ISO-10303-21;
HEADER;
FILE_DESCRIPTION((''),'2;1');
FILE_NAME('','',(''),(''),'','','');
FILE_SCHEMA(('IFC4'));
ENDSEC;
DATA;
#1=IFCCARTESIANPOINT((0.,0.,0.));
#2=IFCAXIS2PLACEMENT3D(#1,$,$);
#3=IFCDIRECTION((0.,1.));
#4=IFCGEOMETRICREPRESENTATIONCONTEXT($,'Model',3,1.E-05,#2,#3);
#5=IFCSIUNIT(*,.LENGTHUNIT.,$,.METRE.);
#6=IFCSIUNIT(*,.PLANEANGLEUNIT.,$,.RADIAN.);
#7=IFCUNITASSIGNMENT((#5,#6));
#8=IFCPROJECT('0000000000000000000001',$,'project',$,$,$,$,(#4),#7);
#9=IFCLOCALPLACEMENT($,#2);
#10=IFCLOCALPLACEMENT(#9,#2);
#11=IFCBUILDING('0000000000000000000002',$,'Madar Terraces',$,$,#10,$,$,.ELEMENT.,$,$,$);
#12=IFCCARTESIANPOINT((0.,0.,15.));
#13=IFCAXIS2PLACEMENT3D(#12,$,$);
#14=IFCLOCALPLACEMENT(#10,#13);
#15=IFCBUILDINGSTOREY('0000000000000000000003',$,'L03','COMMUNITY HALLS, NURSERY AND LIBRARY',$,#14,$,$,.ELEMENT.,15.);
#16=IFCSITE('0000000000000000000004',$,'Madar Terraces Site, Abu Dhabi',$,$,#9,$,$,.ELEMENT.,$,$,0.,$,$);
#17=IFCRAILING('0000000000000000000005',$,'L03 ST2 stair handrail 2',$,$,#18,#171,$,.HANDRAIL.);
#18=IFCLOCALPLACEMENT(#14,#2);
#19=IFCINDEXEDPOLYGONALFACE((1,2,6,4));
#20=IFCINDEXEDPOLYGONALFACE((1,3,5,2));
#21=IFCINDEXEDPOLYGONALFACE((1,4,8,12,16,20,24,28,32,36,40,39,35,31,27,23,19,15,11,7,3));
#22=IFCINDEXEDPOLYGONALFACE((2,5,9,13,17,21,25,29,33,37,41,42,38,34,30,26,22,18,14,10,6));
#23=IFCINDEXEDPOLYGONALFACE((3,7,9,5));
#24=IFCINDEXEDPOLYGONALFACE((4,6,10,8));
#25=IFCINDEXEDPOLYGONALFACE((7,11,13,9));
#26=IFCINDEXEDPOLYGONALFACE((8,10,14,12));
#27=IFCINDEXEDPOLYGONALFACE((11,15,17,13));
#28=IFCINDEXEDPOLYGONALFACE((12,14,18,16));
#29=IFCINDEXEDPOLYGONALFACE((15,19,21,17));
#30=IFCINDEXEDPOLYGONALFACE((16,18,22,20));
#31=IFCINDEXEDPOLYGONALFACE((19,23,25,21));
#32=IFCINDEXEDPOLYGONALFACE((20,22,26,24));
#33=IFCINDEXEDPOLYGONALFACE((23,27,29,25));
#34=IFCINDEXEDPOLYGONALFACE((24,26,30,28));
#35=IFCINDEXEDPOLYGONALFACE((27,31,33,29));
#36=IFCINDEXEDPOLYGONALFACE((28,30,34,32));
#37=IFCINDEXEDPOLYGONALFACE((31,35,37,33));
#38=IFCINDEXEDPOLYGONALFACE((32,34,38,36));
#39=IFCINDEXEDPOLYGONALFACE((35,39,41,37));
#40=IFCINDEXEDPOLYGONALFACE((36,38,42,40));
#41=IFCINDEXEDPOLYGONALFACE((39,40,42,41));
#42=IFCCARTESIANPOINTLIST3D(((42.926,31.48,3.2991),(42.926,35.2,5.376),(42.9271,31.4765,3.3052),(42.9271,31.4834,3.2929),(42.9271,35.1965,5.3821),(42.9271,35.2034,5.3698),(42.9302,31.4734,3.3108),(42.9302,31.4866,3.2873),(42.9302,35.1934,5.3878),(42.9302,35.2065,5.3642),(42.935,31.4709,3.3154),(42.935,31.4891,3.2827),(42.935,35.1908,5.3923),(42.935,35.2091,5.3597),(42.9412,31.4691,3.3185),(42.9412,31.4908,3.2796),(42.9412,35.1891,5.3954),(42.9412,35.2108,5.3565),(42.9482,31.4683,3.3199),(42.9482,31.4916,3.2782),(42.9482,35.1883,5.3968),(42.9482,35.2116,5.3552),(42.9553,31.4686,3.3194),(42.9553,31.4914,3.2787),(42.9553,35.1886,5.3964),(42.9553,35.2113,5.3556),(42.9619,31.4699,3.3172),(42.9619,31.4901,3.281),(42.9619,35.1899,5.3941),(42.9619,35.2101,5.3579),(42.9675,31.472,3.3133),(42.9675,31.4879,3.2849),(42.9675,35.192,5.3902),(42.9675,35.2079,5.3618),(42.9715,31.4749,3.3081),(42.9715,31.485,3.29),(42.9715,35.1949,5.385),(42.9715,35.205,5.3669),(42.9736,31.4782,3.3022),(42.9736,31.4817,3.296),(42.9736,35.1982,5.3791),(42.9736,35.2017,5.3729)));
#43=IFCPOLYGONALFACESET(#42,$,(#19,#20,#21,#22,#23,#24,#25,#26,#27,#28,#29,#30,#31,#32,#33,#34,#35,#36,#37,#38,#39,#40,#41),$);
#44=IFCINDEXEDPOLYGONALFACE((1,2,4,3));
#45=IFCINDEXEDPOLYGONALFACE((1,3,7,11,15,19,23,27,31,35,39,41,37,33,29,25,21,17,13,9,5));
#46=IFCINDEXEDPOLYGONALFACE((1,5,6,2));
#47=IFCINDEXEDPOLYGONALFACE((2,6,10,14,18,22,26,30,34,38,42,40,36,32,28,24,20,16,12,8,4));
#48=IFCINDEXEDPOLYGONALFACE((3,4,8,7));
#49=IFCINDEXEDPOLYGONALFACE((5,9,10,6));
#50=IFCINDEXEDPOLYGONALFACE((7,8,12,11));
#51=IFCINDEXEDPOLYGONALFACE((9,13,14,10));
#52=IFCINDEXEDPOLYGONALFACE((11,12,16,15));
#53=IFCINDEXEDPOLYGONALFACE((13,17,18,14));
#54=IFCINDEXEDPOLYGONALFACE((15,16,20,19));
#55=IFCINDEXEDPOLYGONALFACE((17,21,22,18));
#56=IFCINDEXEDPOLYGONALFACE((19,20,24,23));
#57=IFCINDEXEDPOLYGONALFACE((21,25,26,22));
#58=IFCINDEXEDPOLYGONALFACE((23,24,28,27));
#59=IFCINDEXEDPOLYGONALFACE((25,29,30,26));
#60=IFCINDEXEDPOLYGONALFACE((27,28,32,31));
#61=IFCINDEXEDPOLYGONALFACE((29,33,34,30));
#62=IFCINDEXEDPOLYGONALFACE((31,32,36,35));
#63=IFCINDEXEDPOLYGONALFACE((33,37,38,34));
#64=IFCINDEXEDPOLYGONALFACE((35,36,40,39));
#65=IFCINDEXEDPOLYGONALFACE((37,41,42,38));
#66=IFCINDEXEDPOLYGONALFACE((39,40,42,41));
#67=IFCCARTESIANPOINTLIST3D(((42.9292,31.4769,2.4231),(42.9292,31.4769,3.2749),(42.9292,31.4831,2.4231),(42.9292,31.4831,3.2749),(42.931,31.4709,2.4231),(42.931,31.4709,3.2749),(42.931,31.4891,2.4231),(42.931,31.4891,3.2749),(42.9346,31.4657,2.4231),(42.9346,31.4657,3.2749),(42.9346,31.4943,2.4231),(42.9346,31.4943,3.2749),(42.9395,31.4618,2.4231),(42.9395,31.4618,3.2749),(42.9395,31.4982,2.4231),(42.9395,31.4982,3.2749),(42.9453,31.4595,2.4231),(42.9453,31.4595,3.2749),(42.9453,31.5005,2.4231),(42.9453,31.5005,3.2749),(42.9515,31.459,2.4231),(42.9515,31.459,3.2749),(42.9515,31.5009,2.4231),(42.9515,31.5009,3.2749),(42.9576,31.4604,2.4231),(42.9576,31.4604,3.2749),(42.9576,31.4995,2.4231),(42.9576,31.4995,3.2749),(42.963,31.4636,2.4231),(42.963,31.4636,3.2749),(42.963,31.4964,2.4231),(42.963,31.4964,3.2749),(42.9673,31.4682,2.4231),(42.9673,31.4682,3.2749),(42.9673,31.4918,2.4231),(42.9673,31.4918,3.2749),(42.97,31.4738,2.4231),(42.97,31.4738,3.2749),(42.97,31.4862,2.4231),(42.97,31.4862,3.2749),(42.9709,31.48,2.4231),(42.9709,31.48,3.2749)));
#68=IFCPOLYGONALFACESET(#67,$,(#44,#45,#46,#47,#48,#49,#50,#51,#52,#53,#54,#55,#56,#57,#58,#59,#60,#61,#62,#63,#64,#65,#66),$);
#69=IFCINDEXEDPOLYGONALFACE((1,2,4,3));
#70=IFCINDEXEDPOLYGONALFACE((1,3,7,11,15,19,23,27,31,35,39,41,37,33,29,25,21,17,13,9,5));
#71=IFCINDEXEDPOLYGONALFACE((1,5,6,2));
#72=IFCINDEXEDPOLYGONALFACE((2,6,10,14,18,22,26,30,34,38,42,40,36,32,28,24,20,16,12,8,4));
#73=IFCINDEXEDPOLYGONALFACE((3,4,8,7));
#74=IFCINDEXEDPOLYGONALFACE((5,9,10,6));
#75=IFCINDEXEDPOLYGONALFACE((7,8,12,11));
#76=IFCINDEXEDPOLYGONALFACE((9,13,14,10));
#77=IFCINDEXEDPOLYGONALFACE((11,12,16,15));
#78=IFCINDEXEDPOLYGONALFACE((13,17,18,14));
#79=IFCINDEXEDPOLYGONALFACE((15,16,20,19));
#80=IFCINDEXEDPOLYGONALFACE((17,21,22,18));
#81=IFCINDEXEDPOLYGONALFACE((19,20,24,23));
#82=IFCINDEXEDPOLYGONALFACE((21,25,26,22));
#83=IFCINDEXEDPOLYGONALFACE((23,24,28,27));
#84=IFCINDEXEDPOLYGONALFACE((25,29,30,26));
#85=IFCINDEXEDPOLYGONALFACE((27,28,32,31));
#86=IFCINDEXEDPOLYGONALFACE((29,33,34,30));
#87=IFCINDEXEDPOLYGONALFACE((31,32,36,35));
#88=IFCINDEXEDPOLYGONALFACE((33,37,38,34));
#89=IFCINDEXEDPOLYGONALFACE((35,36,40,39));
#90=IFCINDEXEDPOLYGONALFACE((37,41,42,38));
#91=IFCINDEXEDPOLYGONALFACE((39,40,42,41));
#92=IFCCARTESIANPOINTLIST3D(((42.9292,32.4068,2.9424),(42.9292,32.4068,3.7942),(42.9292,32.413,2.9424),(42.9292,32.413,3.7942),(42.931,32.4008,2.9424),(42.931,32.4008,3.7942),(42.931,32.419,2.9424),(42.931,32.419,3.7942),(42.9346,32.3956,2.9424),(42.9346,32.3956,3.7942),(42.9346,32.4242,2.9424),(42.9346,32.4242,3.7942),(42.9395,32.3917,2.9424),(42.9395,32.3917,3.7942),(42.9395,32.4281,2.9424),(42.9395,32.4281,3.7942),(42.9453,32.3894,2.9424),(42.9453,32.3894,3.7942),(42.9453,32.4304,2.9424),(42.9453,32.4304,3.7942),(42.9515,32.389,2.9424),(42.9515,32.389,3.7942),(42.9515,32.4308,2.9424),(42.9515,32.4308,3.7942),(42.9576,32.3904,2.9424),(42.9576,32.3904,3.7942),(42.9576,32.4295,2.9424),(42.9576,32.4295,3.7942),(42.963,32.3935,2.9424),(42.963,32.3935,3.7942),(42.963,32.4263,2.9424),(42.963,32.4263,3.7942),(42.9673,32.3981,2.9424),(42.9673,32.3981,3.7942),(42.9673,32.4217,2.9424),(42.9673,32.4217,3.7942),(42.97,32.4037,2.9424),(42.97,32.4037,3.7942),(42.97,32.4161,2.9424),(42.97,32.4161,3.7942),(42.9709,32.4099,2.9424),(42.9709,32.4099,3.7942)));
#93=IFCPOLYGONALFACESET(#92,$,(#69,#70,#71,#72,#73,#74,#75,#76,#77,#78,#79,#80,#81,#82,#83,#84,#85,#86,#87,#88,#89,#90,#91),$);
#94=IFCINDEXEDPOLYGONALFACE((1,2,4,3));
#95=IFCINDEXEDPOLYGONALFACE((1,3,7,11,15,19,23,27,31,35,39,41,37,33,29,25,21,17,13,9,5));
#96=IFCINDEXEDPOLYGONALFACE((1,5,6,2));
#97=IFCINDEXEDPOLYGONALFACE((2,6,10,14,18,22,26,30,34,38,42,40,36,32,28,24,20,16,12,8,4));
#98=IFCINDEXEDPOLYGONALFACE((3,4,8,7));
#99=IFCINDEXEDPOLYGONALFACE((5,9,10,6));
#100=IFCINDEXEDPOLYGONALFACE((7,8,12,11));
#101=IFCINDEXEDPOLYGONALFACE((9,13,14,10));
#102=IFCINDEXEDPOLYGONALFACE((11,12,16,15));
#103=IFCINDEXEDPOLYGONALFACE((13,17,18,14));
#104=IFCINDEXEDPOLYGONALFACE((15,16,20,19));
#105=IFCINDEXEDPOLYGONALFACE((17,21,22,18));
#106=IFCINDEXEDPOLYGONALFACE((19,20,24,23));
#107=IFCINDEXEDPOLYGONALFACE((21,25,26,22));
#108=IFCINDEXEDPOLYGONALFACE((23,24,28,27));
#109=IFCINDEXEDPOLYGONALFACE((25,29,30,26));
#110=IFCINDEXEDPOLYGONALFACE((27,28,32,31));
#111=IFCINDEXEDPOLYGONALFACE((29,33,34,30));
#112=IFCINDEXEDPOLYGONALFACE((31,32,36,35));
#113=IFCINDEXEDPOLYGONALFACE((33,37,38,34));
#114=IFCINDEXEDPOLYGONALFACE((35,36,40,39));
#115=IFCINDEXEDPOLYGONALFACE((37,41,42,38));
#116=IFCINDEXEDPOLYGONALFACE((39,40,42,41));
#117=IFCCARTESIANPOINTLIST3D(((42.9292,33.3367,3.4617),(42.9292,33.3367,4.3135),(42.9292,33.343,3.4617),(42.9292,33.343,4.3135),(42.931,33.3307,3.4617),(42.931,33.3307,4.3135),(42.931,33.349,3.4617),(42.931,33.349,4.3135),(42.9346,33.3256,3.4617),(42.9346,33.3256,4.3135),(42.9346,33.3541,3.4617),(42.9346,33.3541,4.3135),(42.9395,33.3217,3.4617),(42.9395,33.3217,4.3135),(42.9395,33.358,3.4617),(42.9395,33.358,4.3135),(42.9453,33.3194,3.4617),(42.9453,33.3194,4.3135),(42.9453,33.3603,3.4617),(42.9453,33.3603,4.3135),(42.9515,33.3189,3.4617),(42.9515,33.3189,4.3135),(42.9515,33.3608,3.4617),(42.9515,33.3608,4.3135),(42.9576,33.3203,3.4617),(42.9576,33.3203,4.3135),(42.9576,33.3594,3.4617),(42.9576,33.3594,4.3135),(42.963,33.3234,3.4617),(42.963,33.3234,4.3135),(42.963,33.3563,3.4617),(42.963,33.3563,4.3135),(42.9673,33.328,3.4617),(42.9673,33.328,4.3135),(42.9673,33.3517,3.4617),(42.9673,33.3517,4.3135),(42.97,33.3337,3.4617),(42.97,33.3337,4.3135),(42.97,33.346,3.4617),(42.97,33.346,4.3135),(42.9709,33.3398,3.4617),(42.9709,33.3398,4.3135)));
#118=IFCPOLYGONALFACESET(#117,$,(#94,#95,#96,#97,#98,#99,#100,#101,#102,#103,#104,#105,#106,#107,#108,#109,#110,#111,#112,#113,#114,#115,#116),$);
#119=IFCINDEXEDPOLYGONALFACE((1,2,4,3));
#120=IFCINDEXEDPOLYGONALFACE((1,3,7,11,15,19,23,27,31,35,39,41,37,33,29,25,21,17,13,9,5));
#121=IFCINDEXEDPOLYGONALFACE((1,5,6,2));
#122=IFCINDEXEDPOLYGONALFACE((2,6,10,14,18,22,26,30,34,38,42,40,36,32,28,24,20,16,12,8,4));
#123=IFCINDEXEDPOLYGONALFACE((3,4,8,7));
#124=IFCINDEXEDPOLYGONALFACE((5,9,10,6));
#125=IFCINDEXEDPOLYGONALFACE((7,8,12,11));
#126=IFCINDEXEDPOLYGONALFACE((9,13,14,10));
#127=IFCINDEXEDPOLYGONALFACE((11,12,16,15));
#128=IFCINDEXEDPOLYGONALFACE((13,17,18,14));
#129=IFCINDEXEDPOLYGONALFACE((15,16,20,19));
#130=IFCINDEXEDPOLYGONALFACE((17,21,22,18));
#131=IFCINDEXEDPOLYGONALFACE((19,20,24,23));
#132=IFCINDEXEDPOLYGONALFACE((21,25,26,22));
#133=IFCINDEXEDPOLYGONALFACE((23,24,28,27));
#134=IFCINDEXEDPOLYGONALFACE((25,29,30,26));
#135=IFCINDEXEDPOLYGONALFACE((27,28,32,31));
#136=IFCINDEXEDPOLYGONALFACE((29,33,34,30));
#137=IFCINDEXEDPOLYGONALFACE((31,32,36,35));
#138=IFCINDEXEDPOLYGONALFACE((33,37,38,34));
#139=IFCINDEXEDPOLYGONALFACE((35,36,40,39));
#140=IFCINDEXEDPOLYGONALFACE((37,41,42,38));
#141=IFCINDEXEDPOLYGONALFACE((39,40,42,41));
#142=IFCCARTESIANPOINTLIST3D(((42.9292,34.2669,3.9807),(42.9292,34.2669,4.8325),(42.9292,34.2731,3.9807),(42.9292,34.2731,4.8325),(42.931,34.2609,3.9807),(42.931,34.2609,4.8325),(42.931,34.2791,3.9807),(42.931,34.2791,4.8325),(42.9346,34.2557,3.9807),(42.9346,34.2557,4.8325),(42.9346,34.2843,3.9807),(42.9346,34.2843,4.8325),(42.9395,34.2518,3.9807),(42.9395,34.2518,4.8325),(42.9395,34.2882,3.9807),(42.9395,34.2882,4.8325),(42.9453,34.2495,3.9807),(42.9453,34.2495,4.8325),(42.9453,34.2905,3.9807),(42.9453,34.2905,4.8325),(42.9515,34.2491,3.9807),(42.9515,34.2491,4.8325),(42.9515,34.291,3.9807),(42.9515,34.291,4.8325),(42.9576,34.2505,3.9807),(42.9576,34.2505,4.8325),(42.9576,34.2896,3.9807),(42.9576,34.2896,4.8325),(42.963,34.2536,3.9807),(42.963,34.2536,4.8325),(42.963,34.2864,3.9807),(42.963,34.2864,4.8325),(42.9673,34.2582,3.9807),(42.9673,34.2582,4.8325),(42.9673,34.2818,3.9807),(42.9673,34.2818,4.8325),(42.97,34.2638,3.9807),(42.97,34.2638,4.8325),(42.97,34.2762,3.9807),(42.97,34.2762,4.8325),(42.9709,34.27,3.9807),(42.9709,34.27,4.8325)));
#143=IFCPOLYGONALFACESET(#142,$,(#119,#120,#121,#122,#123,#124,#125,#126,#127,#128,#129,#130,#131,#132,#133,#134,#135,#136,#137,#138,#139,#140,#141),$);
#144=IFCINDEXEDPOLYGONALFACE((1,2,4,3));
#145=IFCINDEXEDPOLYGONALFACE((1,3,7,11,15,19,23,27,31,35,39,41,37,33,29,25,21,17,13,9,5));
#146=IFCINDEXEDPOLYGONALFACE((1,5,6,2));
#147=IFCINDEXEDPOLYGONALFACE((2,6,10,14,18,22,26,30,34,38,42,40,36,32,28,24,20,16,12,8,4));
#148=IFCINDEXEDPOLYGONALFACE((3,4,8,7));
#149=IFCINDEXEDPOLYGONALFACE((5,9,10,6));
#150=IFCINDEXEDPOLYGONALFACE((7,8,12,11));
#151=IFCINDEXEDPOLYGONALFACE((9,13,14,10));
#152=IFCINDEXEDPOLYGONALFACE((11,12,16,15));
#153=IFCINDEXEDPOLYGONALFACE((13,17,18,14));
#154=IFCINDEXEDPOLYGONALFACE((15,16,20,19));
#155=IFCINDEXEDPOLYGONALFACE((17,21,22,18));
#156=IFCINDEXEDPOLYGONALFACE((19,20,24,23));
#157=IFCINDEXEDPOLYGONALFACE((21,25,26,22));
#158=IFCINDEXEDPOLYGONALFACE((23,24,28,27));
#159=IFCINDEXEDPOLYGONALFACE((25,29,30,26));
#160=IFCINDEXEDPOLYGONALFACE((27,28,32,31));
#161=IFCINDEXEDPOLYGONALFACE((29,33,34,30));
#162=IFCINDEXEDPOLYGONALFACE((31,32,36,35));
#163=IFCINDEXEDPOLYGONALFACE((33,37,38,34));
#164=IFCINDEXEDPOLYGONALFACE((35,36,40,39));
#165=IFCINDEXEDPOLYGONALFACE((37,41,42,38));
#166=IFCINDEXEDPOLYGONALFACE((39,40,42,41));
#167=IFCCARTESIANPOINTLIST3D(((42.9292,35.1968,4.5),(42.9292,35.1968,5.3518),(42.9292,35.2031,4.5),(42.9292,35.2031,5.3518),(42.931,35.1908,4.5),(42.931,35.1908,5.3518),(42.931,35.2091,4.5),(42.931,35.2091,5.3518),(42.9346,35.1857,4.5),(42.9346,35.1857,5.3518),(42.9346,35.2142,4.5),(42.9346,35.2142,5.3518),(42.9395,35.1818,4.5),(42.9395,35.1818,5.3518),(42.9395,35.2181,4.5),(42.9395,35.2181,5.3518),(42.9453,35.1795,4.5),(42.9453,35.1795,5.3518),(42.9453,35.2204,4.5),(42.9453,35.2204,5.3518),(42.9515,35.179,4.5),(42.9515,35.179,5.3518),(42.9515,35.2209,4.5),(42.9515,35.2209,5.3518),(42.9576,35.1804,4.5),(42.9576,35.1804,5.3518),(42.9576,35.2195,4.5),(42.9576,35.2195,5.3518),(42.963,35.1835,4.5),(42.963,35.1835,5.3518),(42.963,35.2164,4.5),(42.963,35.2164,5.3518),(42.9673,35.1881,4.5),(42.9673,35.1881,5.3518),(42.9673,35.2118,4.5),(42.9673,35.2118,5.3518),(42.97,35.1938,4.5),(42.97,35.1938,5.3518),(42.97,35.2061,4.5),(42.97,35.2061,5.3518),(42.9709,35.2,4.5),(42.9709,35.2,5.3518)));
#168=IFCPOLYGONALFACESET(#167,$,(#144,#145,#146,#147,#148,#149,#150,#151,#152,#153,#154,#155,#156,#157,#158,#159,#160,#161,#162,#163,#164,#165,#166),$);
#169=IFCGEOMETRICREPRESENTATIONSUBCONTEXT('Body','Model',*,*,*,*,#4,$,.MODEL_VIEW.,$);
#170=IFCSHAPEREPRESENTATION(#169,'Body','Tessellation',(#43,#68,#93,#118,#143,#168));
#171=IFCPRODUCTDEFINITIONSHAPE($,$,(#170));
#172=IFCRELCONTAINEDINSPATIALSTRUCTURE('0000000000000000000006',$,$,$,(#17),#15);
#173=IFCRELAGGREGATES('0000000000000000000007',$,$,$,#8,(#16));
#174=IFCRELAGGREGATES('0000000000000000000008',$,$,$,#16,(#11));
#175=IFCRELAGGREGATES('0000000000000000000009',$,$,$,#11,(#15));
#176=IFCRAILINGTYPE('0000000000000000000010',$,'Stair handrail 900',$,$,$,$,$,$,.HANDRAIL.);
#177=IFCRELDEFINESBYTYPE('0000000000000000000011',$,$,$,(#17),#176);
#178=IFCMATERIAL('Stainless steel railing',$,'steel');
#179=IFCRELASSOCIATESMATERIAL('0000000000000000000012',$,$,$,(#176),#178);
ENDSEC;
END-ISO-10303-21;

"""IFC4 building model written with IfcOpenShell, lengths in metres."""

from ifc_helpers import new_model, si_unit, direction, frame, origin, origin_2d, place, context, subcontext, project, spatial, circle, extrude, material, type_object, element, save


model = new_model("IFC4")

# Units and contexts
model_context = context("Model", 3, precision=1e-05, world=origin(), true_north=direction((0.0, 1.0)))
body_context = subcontext(model_context, "Body", "Model", "MODEL_VIEW")
ifc_project = project(units=[si_unit("LENGTHUNIT", "METRE"), si_unit("PLANEANGLEUNIT", "RADIAN")], contexts=[model_context])

# Site, building, storey
site_placement = place(None, origin())
site = spatial("IfcSite", under=ifc_project, at=site_placement, Name="Madar Terraces Site, Abu Dhabi", CompositionType="ELEMENT", RefElevation=0.0)
building_placement = place(site_placement, origin())
building = spatial("IfcBuilding", under=site, at=building_placement, Name="Madar Terraces", CompositionType="ELEMENT")
storey_placement = place(building_placement, frame((0.0, 0.0, 15.0)))
storey = spatial("IfcBuildingStorey", under=building, at=storey_placement, Name="L03", Description="COMMUNITY HALLS, NURSERY AND LIBRARY", CompositionType="ELEMENT", Elevation=15.0)

# Railing
ifc_material_1 = material(Name="Stainless steel railing", Category="steel")
railing_type_1 = type_object("IfcRailingType", Name="Stair handrail 900", PredefinedType="HANDRAIL", material=ifc_material_1)
for number, where, name in (
    (1, (42.95, 31.48, 2.4231), "L03 ST2 stair handrail 2"),
):
    element("IfcRailing", number, at=place(storey_placement, frame(where)), inside=storey, type_object=railing_type_1, Name=name, PredefinedType="HANDRAIL", context=body_context, shape_type="SweptSolid", body=[
        extrude(circle(Radius=0.0239, at=origin_2d()), frame((0.0, 0.0, 0.876), z_axis=(0.0, 0.873134, 0.487481), x_axis=(-1.0, 0.0, 0.0)), (0.0, 0.0, 1.0), 4.2605),
        extrude(circle(Radius=0.021, at=origin_2d()), origin(), (0.0, 0.0, 1.0), 0.8518),
        extrude(circle(Radius=0.021, at=origin_2d()), frame((0.0, 0.9299, 0.5193)), (0.0, 0.0, 1.0), 0.8518),
        extrude(circle(Radius=0.021, at=origin_2d()), frame((0.0, 1.8599, 1.0386)), (0.0, 0.0, 1.0), 0.8518),
        extrude(circle(Radius=0.021, at=origin_2d()), frame((0.0, 2.79, 1.5576)), (0.0, 0.0, 1.0), 0.8518),
        extrude(circle(Radius=0.021, at=origin_2d()), frame((0.0, 3.72, 2.0769)), (0.0, 0.0, 1.0), 0.8518),
    ])

save(model, "model.ifc")
